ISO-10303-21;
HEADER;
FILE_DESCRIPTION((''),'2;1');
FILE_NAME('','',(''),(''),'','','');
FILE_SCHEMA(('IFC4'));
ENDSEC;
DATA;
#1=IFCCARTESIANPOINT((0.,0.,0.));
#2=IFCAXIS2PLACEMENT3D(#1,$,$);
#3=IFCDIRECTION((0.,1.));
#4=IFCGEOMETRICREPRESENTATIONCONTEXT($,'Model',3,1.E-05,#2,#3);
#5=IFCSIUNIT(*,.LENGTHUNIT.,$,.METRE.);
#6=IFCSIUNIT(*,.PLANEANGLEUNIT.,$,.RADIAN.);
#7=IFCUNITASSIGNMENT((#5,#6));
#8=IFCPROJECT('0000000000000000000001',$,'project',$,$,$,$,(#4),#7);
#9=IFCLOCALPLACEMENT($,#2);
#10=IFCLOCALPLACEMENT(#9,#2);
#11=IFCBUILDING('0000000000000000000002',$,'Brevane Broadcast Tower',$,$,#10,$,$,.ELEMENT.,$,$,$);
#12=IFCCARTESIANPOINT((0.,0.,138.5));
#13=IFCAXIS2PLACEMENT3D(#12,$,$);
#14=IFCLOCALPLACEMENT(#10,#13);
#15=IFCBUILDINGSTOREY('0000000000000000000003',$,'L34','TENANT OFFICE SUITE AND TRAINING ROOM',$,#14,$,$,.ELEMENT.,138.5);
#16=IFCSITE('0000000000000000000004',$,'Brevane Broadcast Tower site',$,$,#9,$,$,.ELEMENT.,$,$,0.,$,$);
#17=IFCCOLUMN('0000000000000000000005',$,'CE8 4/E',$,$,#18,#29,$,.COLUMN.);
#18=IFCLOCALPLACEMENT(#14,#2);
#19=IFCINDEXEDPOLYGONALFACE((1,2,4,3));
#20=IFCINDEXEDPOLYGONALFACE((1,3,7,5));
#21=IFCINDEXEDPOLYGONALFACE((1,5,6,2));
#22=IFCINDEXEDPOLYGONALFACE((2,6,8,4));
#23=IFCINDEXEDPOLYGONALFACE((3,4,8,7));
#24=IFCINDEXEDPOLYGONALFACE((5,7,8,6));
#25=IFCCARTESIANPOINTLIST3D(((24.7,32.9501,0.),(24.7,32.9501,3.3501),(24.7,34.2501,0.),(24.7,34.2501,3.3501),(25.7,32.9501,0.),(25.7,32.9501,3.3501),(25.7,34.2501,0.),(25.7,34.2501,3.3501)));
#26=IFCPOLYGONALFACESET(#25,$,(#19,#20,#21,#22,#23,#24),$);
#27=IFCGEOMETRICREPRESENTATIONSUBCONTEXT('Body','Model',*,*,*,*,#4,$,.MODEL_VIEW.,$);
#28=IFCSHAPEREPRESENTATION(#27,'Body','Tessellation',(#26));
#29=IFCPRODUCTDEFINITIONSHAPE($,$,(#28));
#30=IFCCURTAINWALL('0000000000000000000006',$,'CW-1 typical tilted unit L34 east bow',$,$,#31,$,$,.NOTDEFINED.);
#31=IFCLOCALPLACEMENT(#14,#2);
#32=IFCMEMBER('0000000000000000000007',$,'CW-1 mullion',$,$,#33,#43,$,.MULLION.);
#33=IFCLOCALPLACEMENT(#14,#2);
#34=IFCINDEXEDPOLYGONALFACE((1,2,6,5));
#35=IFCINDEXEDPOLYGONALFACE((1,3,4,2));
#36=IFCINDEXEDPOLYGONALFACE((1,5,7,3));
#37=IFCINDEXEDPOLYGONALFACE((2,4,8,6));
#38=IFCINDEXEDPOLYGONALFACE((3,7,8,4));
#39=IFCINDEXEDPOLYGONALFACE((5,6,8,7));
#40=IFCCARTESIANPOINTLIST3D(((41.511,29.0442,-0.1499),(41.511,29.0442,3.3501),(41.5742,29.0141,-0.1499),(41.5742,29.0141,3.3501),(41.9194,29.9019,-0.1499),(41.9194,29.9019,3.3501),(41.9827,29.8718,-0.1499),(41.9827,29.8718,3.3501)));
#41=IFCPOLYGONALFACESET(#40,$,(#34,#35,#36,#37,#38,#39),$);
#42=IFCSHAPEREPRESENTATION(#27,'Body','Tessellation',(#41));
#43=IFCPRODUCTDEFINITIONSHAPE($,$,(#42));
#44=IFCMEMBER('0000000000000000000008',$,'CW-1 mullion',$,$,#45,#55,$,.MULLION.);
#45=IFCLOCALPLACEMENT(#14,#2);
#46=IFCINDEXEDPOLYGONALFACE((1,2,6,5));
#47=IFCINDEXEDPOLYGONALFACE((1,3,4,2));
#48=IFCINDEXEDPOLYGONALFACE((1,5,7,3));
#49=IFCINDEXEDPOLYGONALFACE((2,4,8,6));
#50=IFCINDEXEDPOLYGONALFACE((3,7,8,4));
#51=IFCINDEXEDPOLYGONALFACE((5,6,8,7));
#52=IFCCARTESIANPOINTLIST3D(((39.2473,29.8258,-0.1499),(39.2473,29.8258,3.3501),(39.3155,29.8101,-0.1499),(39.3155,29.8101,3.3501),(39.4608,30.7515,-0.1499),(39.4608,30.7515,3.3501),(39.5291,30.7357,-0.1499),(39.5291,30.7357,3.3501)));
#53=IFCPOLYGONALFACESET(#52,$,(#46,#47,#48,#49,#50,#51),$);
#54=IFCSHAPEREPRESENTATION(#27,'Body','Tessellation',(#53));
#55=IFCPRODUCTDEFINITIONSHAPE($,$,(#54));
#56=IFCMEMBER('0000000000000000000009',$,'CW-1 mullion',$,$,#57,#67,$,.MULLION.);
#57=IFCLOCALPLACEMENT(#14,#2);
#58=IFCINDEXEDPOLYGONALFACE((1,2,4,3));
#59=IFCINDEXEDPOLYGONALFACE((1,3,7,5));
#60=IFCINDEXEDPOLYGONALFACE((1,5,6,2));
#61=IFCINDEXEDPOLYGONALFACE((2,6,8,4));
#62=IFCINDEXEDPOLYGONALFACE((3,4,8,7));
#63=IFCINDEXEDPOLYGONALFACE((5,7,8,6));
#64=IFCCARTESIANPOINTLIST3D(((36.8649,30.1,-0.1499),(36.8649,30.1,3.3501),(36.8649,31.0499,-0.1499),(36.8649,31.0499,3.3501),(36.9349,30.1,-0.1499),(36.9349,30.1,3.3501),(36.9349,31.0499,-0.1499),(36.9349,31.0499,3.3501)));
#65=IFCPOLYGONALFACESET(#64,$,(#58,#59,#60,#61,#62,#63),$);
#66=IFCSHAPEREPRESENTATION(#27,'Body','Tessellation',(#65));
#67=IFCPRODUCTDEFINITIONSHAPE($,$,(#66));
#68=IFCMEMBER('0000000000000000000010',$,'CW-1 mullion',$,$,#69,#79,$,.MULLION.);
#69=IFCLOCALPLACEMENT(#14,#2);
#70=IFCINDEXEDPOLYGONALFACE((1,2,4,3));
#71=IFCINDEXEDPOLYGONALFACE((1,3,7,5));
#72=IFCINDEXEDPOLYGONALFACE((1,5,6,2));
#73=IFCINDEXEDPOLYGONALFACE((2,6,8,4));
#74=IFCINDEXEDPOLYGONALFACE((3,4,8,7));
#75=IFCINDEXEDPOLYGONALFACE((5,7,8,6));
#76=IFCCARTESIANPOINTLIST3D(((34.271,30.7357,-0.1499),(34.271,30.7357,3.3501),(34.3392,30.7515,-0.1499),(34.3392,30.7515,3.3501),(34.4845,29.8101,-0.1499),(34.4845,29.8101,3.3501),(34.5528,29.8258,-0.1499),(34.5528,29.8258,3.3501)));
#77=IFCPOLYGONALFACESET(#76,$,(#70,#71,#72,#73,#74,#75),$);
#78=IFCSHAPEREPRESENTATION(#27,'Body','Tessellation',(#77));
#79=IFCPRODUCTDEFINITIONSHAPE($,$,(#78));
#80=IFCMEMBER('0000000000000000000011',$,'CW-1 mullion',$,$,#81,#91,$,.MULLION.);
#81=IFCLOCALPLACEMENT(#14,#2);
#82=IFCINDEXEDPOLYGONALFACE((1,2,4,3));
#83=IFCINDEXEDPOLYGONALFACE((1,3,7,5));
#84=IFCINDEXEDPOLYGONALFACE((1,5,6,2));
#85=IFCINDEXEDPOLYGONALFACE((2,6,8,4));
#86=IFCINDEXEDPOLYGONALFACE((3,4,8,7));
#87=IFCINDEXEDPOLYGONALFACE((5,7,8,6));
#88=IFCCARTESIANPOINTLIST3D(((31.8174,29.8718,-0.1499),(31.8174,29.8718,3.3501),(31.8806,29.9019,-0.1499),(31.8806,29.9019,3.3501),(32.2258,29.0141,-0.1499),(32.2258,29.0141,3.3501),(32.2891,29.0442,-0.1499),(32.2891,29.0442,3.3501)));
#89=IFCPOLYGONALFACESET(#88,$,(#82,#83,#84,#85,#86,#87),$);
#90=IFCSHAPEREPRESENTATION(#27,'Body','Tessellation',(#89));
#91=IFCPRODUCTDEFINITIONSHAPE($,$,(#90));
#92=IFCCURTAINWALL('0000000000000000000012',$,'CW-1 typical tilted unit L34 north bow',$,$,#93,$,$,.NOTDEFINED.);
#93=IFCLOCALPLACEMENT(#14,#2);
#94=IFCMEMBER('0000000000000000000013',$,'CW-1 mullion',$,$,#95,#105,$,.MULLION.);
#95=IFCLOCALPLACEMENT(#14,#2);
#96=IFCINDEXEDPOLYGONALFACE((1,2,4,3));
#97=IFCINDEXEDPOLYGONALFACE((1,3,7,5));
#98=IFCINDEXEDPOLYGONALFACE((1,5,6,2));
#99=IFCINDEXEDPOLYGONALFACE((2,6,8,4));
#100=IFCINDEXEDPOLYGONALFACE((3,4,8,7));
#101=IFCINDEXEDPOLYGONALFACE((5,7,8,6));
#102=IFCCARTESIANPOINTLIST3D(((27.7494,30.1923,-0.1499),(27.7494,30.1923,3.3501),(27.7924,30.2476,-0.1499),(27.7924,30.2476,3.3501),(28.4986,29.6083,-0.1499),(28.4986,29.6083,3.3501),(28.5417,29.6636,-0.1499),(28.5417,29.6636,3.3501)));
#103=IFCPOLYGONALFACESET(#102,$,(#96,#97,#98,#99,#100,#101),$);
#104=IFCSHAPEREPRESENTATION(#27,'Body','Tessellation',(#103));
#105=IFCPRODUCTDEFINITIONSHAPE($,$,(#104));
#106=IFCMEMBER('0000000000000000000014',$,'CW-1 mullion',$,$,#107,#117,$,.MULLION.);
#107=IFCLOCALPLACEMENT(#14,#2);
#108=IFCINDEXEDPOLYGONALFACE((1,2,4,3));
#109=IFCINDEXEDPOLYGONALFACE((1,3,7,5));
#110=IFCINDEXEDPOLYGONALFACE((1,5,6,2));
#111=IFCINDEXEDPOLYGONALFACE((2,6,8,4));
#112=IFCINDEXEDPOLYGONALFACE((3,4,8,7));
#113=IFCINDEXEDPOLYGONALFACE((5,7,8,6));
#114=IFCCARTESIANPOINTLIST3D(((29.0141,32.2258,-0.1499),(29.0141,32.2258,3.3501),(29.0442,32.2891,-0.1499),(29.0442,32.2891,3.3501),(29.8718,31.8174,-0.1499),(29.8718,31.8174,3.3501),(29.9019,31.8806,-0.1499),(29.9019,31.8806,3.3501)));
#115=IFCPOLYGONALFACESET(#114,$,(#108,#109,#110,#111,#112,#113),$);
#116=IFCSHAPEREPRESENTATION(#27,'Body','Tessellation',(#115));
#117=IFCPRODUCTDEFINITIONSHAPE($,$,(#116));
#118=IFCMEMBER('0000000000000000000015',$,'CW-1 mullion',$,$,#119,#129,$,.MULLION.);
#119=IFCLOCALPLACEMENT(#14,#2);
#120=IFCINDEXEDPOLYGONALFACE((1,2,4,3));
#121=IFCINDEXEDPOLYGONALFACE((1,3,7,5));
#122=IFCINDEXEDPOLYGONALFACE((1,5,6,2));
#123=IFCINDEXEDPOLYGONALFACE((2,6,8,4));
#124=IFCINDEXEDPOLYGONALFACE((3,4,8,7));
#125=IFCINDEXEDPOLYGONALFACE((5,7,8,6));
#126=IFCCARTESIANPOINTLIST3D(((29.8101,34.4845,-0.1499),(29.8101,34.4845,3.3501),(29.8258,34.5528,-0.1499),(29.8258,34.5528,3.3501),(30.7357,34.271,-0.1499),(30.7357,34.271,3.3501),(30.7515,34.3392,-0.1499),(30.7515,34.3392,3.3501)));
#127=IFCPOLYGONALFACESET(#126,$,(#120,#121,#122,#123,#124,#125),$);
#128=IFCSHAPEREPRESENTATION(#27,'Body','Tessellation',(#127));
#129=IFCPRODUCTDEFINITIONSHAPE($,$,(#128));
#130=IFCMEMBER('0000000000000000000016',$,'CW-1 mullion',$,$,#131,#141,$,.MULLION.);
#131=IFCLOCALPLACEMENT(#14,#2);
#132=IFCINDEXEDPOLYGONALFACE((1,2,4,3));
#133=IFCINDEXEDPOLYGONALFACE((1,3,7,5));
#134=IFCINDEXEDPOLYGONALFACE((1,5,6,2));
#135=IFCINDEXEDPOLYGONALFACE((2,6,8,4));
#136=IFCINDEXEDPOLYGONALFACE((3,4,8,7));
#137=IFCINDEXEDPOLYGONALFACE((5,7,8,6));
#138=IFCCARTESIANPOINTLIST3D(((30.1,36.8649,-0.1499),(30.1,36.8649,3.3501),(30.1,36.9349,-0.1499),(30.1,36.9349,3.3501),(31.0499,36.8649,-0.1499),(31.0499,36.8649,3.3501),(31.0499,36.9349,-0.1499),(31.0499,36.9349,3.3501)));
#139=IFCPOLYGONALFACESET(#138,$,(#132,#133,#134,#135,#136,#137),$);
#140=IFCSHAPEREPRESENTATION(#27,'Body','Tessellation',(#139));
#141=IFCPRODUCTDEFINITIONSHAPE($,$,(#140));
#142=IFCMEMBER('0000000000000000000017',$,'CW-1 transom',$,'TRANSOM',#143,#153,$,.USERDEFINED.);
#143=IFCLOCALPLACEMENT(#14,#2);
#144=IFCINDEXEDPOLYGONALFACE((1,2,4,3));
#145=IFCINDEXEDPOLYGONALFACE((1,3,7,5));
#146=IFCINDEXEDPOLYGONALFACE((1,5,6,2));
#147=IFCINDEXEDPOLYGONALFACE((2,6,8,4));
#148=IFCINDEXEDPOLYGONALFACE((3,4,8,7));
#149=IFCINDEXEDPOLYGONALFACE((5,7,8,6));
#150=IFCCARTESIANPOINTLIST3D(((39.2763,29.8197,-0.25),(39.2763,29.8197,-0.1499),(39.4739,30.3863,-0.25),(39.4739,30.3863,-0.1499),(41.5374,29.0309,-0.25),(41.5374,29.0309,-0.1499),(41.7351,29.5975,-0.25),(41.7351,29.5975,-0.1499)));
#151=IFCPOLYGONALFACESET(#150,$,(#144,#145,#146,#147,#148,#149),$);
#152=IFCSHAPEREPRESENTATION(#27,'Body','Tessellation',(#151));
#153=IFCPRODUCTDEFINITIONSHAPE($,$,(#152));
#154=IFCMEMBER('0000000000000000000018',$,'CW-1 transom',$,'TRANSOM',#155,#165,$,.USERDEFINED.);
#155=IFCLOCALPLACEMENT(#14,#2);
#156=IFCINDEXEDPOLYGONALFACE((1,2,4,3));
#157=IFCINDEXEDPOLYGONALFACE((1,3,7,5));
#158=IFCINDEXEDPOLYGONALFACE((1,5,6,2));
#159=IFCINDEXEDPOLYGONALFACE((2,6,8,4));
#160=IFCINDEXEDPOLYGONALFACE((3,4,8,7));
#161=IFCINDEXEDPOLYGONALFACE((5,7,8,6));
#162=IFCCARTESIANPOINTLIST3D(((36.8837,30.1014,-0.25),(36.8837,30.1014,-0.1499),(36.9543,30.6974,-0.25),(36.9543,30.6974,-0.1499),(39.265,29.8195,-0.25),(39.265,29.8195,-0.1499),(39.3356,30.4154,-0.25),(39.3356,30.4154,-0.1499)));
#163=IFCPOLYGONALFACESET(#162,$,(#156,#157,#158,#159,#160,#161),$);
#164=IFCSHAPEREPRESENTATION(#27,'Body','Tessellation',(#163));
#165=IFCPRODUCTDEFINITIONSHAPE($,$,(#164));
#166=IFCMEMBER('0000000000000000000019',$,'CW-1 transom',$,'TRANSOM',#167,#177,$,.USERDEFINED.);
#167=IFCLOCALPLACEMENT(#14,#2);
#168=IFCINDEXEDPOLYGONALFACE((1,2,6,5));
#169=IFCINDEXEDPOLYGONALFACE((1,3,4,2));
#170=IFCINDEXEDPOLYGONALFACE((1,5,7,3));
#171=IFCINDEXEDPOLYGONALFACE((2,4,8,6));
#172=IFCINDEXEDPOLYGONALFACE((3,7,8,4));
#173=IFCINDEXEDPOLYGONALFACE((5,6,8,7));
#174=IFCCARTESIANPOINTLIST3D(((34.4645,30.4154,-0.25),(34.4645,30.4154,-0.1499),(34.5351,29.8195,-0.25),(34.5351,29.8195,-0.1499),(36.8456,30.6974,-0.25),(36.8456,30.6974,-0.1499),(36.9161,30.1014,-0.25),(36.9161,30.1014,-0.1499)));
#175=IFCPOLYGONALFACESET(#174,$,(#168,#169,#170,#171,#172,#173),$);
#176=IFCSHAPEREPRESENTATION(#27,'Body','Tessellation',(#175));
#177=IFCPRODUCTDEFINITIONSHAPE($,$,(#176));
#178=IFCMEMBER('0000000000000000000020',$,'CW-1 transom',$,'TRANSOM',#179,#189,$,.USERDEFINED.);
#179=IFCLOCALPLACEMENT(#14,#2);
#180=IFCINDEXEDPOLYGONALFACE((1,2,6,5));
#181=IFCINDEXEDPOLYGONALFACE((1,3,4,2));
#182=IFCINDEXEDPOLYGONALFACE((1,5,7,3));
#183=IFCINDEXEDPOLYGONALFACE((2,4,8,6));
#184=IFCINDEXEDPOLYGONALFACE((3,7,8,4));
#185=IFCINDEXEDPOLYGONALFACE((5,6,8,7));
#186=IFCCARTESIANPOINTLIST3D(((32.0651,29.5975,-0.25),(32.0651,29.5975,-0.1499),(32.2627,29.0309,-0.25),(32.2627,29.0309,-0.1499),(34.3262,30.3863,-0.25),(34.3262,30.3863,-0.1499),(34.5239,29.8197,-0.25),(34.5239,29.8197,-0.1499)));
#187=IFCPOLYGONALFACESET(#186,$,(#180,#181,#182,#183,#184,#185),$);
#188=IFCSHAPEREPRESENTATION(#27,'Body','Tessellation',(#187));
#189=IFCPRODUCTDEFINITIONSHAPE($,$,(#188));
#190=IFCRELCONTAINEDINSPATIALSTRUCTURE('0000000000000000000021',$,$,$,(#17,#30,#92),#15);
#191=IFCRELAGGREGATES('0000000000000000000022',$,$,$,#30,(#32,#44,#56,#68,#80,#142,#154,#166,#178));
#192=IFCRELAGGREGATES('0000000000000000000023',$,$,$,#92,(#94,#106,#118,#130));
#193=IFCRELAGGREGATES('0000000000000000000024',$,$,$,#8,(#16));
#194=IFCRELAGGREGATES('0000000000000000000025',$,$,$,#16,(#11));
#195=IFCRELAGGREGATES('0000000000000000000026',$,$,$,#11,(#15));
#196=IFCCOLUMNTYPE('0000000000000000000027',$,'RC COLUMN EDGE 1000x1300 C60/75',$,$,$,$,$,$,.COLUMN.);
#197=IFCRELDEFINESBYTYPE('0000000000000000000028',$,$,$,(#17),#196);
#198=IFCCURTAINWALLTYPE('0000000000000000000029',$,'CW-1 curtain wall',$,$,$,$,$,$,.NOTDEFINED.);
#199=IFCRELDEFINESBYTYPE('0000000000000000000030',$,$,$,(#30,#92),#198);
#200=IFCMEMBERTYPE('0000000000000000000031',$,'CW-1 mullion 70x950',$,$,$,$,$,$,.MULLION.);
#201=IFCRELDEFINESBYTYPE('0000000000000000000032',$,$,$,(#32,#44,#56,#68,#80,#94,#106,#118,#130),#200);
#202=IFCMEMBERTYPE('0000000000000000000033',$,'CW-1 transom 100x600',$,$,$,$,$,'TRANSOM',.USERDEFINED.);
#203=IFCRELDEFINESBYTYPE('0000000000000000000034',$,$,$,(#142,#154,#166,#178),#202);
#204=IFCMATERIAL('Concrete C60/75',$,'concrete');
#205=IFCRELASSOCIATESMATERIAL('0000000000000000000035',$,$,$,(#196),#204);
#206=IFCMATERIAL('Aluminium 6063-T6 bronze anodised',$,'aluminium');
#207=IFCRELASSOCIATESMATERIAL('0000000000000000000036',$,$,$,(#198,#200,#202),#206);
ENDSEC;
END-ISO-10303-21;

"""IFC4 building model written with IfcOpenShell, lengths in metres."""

from ifc_helpers import new_model, si_unit, direction, frame, origin, origin_2d, place, context, subcontext, project, spatial, rectangle, extrude, material, material_profile, profile_set, type_object, element, aggregate, save


model = new_model("IFC4")

# Units and contexts
model_context = context("Model", 3, precision=1e-05, world=origin(), true_north=direction((0.0, 1.0)))
body_context = subcontext(model_context, "Body", "Model", "MODEL_VIEW")
ifc_project = project(units=[si_unit("LENGTHUNIT", "METRE"), si_unit("PLANEANGLEUNIT", "RADIAN")], contexts=[model_context])

# Site, building, storey
site_placement = place(None, origin())
site = spatial("IfcSite", under=ifc_project, at=site_placement, Name="Brevane Broadcast Tower site", CompositionType="ELEMENT", RefElevation=0.0)
building_placement = place(site_placement, origin())
building = spatial("IfcBuilding", under=site, at=building_placement, Name="Brevane Broadcast Tower", CompositionType="ELEMENT")
storey_placement = place(building_placement, frame((0.0, 0.0, 138.5)))
storey = spatial("IfcBuildingStorey", under=building, at=storey_placement, Name="L34", Description="TENANT OFFICE SUITE AND TRAINING ROOM", CompositionType="ELEMENT", Elevation=138.5)

# Column
ifc_material_1 = material(Name="Concrete C60/75", Category="concrete")
ifc_material_profile_1 = material_profile(ifc_material_1, rectangle(XDim=1.0, YDim=1.3, at=origin_2d()), Name="RC 1000x1300")
ifc_profile_set_1 = profile_set([ifc_material_profile_1], Name="Concrete C60/75")
column_type = type_object("IfcColumnType", Name="RC COLUMN EDGE 1000x1300 C60/75", PredefinedType="COLUMN", material=ifc_profile_set_1)
column_placement = place(storey_placement, frame((25.2, 33.6001, 0.0), z_axis=(0.0, 0.0, 1.0), x_axis=(1.0, 0.0, 0.0)))
element("IfcColumn", 1, at=column_placement, inside=storey, type_object=column_type, Name="CE8 4/E", PredefinedType="COLUMN", context=body_context, shape_type="SweptSolid", body=[
    extrude(rectangle(XDim=1.0, YDim=1.3, at=origin_2d()), origin(), (0.0, 0.0, 1.0), 3.3501),
])

# Curtain walls, members
ifc_material_2 = material(Name="Aluminium 6063-T6 bronze anodised", Category="aluminium")
curtain_wall_type = type_object("IfcCurtainWallType", Name="CW-1 curtain wall", PredefinedType="NOTDEFINED", material=ifc_material_2)
curtain_wall_1_placement = place(storey_placement, origin())
curtain_wall_1 = element("IfcCurtainWall", 2, at=curtain_wall_1_placement, inside=storey, type_object=curtain_wall_type, Name="CW-1 typical tilted unit L34 east bow", PredefinedType="NOTDEFINED")
ifc_material_profile_2 = material_profile(ifc_material_2, rectangle(XDim=0.95, YDim=0.0701, at=origin_2d()), Name="RECT 70x950")
ifc_profile_set_2 = profile_set([ifc_material_profile_2], Name="Aluminium 6063-T6 bronze anodised")
member_type_1 = type_object("IfcMemberType", Name="CW-1 mullion 70x950", PredefinedType="MULLION", material=ifc_profile_set_2)
member_1_placement = place(storey_placement, frame((41.7468, 29.458, -0.1499), z_axis=(0.0, 0.0, 1.0), x_axis=(-0.429934, -0.902861, 0.0)))
member_1 = element("IfcMember", 3, at=member_1_placement, type_object=member_type_1, Name="CW-1 mullion", PredefinedType="MULLION", context=body_context, shape_type="SweptSolid", body=[
    extrude(rectangle(XDim=0.95, YDim=0.0701, at=origin_2d()), origin(), (0.0, 0.0, 1.0), 3.5),
])
member_2_placement = place(storey_placement, frame((39.3882, 30.2808, -0.1499), z_axis=(0.0, 0.0, 1.0), x_axis=(-0.224806, -0.974403, 0.0)))
member_2 = element("IfcMember", 4, at=member_2_placement, type_object=member_type_1, Name="CW-1 mullion", PredefinedType="MULLION", context=body_context, shape_type="SweptSolid", body=[
    extrude(rectangle(XDim=0.95, YDim=0.0701, at=origin_2d()), origin(), (0.0, 0.0, 1.0), 3.5),
])
member_3_placement = place(storey_placement, frame((36.8999, 30.575, -0.1499), z_axis=(0.0, 0.0, 1.0), x_axis=(0.0, -1.0, 0.0)))
member_3 = element("IfcMember", 5, at=member_3_placement, type_object=member_type_1, Name="CW-1 mullion", PredefinedType="MULLION", context=body_context, shape_type="SweptSolid", body=[
    extrude(rectangle(XDim=0.95, YDim=0.0701, at=origin_2d()), origin(), (0.0, 0.0, 1.0), 3.5),
])
member_4_placement = place(storey_placement, frame((34.4119, 30.2808, -0.1499), z_axis=(0.0, 0.0, 1.0), x_axis=(0.224806, -0.974403, 0.0)))
member_4 = element("IfcMember", 6, at=member_4_placement, type_object=member_type_1, Name="CW-1 mullion", PredefinedType="MULLION", context=body_context, shape_type="SweptSolid", body=[
    extrude(rectangle(XDim=0.95, YDim=0.0701, at=origin_2d()), origin(), (0.0, 0.0, 1.0), 3.5),
])
member_5_placement = place(storey_placement, frame((32.0532, 29.458, -0.1499), z_axis=(0.0, 0.0, 1.0), x_axis=(0.429934, -0.902861, 0.0)))
member_5 = element("IfcMember", 7, at=member_5_placement, type_object=member_type_1, Name="CW-1 mullion", PredefinedType="MULLION", context=body_context, shape_type="SweptSolid", body=[
    extrude(rectangle(XDim=0.95, YDim=0.0701, at=origin_2d()), origin(), (0.0, 0.0, 1.0), 3.5),
])
curtain_wall_2_placement = place(storey_placement, origin())
curtain_wall_2 = element("IfcCurtainWall", 8, at=curtain_wall_2_placement, inside=storey, type_object=curtain_wall_type, Name="CW-1 typical tilted unit L34 north bow", PredefinedType="NOTDEFINED")
member_6_placement = place(storey_placement, frame((28.1455, 29.928, -0.1499), z_axis=(0.0, 0.0, 1.0), x_axis=(-0.788707, 0.61477, 0.0)))
member_6 = element("IfcMember", 9, at=member_6_placement, type_object=member_type_1, Name="CW-1 mullion", PredefinedType="MULLION", context=body_context, shape_type="SweptSolid", body=[
    extrude(rectangle(XDim=0.95, YDim=0.0701, at=origin_2d()), origin(), (0.0, 0.0, 1.0), 3.5),
])
member_7_placement = place(storey_placement, frame((29.458, 32.0532, -0.1499), z_axis=(0.0, 0.0, 1.0), x_axis=(-0.902861, 0.429934, 0.0)))
member_7 = element("IfcMember", 10, at=member_7_placement, type_object=member_type_1, Name="CW-1 mullion", PredefinedType="MULLION", context=body_context, shape_type="SweptSolid", body=[
    extrude(rectangle(XDim=0.95, YDim=0.0701, at=origin_2d()), origin(), (0.0, 0.0, 1.0), 3.5),
])
member_8_placement = place(storey_placement, frame((30.2808, 34.4119, -0.1499), z_axis=(0.0, 0.0, 1.0), x_axis=(-0.974403, 0.224806, 0.0)))
member_8 = element("IfcMember", 11, at=member_8_placement, type_object=member_type_1, Name="CW-1 mullion", PredefinedType="MULLION", context=body_context, shape_type="SweptSolid", body=[
    extrude(rectangle(XDim=0.95, YDim=0.0701, at=origin_2d()), origin(), (0.0, 0.0, 1.0), 3.5),
])
member_9_placement = place(storey_placement, frame((30.575, 36.8999, -0.1499), z_axis=(0.0, 0.0, 1.0), x_axis=(-1.0, 0.0, 0.0)))
member_9 = element("IfcMember", 12, at=member_9_placement, type_object=member_type_1, Name="CW-1 mullion", PredefinedType="MULLION", context=body_context, shape_type="SweptSolid", body=[
    extrude(rectangle(XDim=0.95, YDim=0.0701, at=origin_2d()), origin(), (0.0, 0.0, 1.0), 3.5),
])

# Members
ifc_material_profile_3 = material_profile(ifc_material_2, rectangle(XDim=0.6001, YDim=0.1001, at=origin_2d()), Name="RECT 100x600")
ifc_profile_set_3 = profile_set([ifc_material_profile_3], Name="Aluminium 6063-T6 bronze anodised")
member_type_2 = type_object("IfcMemberType", Name="CW-1 transom 100x600", ElementType="TRANSOM", PredefinedType="USERDEFINED", material=ifc_profile_set_3)
member_10_placement = place(storey_placement, frame((41.6362, 29.3142, -0.2), z_axis=(-0.944198, 0.329378, 0.0), x_axis=(-0.329378, -0.944198, 0.0)))
member_10 = element("IfcMember", 13, at=member_10_placement, type_object=member_type_2, Name="CW-1 transom", ObjectType="TRANSOM", PredefinedType="USERDEFINED", context=body_context, shape_type="SweptSolid", body=[
    extrude(rectangle(XDim=0.6001, YDim=0.1001, at=origin_2d()), origin(), (0.0, 0.0, 1.0), 2.3948),
])
member_11_placement = place(storey_placement, frame((39.3003, 30.1174, -0.2), z_axis=(-0.993062, 0.117591, 0.0), x_axis=(-0.117591, -0.993062, 0.0)))
member_11 = element("IfcMember", 14, at=member_11_placement, type_object=member_type_2, Name="CW-1 transom", ObjectType="TRANSOM", PredefinedType="USERDEFINED", context=body_context, shape_type="SweptSolid", body=[
    extrude(rectangle(XDim=0.6001, YDim=0.1001, at=origin_2d()), origin(), (0.0, 0.0, 1.0), 2.3979),
])
member_12_placement = place(storey_placement, frame((36.8809, 30.3994, -0.2), z_axis=(-0.993061, -0.117603, 0.0), x_axis=(0.117603, -0.993061, 0.0)))
member_12 = element("IfcMember", 15, at=member_12_placement, type_object=member_type_2, Name="CW-1 transom", ObjectType="TRANSOM", PredefinedType="USERDEFINED", context=body_context, shape_type="SweptSolid", body=[
    extrude(rectangle(XDim=0.6001, YDim=0.1001, at=origin_2d()), origin(), (0.0, 0.0, 1.0), 2.3977),
])
member_13_placement = place(storey_placement, frame((34.425, 30.103, -0.2), z_axis=(-0.944198, -0.329378, 0.0), x_axis=(0.329378, -0.944198, 0.0)))
member_13 = element("IfcMember", 16, at=member_13_placement, type_object=member_type_2, Name="CW-1 transom", ObjectType="TRANSOM", PredefinedType="USERDEFINED", context=body_context, shape_type="SweptSolid", body=[
    extrude(rectangle(XDim=0.6001, YDim=0.1001, at=origin_2d()), origin(), (0.0, 0.0, 1.0), 2.3948),
])
aggregate(curtain_wall_1, [member_1, member_2, member_3, member_4, member_5, member_10, member_11, member_12, member_13])
aggregate(curtain_wall_2, [member_6, member_7, member_8, member_9])

save(model, "model.ifc")
